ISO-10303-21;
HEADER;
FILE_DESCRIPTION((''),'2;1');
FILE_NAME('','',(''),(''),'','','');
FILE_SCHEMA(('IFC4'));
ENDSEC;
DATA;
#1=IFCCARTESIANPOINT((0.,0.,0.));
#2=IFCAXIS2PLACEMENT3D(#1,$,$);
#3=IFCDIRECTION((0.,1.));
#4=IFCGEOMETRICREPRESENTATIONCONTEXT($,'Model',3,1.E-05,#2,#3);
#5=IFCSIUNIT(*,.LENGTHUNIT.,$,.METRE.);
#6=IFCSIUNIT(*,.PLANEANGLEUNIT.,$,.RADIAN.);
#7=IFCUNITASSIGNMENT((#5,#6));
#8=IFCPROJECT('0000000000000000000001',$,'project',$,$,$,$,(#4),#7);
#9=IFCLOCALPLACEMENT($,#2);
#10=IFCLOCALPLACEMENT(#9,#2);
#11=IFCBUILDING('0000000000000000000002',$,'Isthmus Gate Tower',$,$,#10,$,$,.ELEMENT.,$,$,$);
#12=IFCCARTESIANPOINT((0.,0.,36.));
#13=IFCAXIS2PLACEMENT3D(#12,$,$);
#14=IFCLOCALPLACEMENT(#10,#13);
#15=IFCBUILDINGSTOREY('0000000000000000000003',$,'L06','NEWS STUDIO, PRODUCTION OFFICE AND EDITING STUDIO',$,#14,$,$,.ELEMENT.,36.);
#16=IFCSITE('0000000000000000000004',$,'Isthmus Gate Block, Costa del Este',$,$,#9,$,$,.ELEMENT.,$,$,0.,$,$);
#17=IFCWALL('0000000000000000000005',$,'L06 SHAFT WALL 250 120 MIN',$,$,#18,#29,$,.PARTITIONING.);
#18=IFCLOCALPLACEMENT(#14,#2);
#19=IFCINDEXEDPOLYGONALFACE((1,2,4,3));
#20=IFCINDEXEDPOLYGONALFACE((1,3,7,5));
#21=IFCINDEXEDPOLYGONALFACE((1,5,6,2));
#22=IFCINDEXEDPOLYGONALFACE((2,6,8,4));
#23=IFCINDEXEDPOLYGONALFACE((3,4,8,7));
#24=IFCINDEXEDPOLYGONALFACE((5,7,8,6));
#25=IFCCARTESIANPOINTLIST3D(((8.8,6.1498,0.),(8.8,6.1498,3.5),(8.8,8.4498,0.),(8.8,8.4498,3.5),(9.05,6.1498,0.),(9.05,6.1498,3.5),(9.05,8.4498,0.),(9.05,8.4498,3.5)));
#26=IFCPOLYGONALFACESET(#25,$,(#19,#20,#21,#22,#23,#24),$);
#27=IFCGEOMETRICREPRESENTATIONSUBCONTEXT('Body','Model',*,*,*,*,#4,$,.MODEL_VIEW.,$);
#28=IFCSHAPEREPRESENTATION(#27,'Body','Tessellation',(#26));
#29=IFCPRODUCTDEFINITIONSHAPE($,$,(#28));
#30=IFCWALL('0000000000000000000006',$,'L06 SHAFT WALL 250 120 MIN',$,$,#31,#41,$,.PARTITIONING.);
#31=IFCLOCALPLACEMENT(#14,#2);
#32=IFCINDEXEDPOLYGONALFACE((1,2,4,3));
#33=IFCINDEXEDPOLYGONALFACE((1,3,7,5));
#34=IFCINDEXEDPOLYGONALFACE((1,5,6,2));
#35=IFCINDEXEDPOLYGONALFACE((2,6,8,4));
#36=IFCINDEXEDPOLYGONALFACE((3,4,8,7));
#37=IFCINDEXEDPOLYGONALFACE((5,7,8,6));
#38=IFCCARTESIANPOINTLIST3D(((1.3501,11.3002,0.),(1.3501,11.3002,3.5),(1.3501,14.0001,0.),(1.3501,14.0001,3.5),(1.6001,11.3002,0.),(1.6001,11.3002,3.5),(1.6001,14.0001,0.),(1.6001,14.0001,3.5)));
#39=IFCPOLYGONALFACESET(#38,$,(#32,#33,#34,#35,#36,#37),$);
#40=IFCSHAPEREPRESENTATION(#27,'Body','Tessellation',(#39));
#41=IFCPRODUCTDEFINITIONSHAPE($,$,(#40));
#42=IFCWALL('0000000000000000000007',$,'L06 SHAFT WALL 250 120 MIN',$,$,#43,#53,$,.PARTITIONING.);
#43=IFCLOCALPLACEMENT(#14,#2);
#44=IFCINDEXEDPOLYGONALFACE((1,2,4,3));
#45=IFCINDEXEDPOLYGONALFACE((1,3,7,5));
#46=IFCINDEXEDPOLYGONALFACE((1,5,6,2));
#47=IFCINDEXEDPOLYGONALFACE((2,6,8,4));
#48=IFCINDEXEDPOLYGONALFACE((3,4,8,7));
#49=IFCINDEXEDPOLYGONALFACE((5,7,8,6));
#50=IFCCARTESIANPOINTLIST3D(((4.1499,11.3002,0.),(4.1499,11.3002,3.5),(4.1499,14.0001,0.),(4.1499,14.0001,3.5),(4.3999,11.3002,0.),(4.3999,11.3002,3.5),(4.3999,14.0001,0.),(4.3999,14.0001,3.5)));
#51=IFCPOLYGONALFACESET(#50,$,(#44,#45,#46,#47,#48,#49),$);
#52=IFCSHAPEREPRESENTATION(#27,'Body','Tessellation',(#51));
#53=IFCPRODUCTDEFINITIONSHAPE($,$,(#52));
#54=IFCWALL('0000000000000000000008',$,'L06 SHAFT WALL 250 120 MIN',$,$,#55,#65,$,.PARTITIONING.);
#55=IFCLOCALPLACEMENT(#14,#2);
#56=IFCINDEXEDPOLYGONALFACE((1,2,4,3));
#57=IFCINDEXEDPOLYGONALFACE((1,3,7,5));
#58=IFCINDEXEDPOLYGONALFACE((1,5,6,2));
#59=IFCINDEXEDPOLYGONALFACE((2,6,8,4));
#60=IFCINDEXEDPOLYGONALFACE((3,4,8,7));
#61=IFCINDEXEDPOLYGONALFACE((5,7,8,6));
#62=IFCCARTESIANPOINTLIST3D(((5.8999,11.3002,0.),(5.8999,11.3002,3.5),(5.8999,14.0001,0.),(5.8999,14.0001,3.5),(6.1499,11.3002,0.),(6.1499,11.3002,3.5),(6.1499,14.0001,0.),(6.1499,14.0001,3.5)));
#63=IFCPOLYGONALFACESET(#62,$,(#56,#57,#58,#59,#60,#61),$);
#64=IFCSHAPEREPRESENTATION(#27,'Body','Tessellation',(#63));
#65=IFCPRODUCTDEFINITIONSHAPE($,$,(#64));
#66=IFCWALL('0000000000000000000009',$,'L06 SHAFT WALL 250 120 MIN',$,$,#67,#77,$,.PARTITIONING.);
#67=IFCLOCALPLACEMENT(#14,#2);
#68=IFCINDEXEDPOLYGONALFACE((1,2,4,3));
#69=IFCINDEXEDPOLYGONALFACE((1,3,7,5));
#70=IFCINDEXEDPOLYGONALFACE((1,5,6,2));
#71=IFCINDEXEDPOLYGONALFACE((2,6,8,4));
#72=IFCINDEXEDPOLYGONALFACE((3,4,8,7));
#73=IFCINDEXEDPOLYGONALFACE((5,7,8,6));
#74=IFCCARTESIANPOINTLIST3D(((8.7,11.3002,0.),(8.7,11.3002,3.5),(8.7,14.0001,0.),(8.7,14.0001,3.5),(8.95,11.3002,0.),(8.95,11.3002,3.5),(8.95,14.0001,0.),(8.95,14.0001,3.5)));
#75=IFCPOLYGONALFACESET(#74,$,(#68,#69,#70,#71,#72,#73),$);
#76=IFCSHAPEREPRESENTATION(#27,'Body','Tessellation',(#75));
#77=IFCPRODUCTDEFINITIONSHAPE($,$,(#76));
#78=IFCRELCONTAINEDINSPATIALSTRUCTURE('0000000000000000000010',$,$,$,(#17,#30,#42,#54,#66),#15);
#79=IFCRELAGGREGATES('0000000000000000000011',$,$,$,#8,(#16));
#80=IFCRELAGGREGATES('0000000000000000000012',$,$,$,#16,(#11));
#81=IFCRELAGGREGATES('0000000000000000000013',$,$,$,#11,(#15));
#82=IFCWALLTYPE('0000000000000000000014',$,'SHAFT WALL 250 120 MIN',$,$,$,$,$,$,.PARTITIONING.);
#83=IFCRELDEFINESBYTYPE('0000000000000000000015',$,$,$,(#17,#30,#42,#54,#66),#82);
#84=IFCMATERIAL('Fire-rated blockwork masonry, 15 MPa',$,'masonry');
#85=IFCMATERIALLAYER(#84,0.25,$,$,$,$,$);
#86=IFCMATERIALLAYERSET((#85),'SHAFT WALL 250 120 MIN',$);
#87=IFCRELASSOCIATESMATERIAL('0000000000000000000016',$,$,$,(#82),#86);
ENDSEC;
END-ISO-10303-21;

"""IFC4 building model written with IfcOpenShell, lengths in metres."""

from ifc_helpers import new_model, si_unit, direction, frame, frame_2d, origin, place, context, subcontext, project, spatial, rectangle, extrude, material, layer, layer_set, type_object, element, save


model = new_model("IFC4")

# Units and contexts
model_context = context("Model", 3, precision=1e-05, world=origin(), true_north=direction((0.0, 1.0)))
body_context = subcontext(model_context, "Body", "Model", "MODEL_VIEW")
ifc_project = project(units=[si_unit("LENGTHUNIT", "METRE"), si_unit("PLANEANGLEUNIT", "RADIAN")], contexts=[model_context])

# Site, building, storey
site_placement = place(None, origin())
site = spatial("IfcSite", under=ifc_project, at=site_placement, Name="Isthmus Gate Block, Costa del Este", CompositionType="ELEMENT", RefElevation=0.0)
building_placement = place(site_placement, origin())
building = spatial("IfcBuilding", under=site, at=building_placement, Name="Isthmus Gate Tower", CompositionType="ELEMENT")
storey_placement = place(building_placement, frame((0.0, 0.0, 36.0)))
storey = spatial("IfcBuildingStorey", under=building, at=storey_placement, Name="L06", Description="NEWS STUDIO, PRODUCTION OFFICE AND EDITING STUDIO", CompositionType="ELEMENT", Elevation=36.0)

# Walls
ifc_material_1 = material(Name="Fire-rated blockwork masonry, 15 MPa", Category="masonry")
ifc_layer_1 = layer(ifc_material_1, 0.25)
ifc_layer_set_1 = layer_set([ifc_layer_1], Name="SHAFT WALL 250 120 MIN")
wall_type_1 = type_object("IfcWallType", Name="SHAFT WALL 250 120 MIN", PredefinedType="PARTITIONING", material=ifc_layer_set_1)
wall_1_placement = place(storey_placement, frame((8.925, 6.1499, 0.0), z_axis=(0.0, 0.0, 1.0), x_axis=(0.0, 1.0, 0.0)))
element("IfcWall", 1, at=wall_1_placement, inside=storey, type_object=wall_type_1, Name="L06 SHAFT WALL 250 120 MIN", PredefinedType="PARTITIONING", context=body_context, shape_type="SweptSolid", body=[
    extrude(rectangle(XDim=2.3, YDim=0.25, at=frame_2d((1.1499, 0.0))), origin(), (0.0, 0.0, 1.0), 3.5),
])
for number, where, z_axis, x_axis, name in (
    (2, (1.4751, 11.3, 0.0), (0.0, 0.0, 1.0), (0.0, 1.0, 0.0), "L06 SHAFT WALL 250 120 MIN"),
    (3, (4.2749, 11.3, 0.0), (0.0, 0.0, 1.0), (0.0, 1.0, 0.0), "L06 SHAFT WALL 250 120 MIN"),
    (4, (6.0249, 11.3, 0.0), (0.0, 0.0, 1.0), (0.0, 1.0, 0.0), "L06 SHAFT WALL 250 120 MIN"),
    (5, (8.825, 11.3, 0.0), (0.0, 0.0, 1.0), (0.0, 1.0, 0.0), "L06 SHAFT WALL 250 120 MIN"),
):
    element("IfcWall", number, at=place(storey_placement, frame(where, z_axis=z_axis, x_axis=x_axis)), inside=storey, type_object=wall_type_1, Name=name, PredefinedType="PARTITIONING", context=body_context, shape_type="SweptSolid", body=[
        extrude(rectangle(XDim=2.7, YDim=0.25, at=frame_2d((1.3501, 0.0))), origin(), (0.0, 0.0, 1.0), 3.5),
    ])

save(model, "model.ifc")
